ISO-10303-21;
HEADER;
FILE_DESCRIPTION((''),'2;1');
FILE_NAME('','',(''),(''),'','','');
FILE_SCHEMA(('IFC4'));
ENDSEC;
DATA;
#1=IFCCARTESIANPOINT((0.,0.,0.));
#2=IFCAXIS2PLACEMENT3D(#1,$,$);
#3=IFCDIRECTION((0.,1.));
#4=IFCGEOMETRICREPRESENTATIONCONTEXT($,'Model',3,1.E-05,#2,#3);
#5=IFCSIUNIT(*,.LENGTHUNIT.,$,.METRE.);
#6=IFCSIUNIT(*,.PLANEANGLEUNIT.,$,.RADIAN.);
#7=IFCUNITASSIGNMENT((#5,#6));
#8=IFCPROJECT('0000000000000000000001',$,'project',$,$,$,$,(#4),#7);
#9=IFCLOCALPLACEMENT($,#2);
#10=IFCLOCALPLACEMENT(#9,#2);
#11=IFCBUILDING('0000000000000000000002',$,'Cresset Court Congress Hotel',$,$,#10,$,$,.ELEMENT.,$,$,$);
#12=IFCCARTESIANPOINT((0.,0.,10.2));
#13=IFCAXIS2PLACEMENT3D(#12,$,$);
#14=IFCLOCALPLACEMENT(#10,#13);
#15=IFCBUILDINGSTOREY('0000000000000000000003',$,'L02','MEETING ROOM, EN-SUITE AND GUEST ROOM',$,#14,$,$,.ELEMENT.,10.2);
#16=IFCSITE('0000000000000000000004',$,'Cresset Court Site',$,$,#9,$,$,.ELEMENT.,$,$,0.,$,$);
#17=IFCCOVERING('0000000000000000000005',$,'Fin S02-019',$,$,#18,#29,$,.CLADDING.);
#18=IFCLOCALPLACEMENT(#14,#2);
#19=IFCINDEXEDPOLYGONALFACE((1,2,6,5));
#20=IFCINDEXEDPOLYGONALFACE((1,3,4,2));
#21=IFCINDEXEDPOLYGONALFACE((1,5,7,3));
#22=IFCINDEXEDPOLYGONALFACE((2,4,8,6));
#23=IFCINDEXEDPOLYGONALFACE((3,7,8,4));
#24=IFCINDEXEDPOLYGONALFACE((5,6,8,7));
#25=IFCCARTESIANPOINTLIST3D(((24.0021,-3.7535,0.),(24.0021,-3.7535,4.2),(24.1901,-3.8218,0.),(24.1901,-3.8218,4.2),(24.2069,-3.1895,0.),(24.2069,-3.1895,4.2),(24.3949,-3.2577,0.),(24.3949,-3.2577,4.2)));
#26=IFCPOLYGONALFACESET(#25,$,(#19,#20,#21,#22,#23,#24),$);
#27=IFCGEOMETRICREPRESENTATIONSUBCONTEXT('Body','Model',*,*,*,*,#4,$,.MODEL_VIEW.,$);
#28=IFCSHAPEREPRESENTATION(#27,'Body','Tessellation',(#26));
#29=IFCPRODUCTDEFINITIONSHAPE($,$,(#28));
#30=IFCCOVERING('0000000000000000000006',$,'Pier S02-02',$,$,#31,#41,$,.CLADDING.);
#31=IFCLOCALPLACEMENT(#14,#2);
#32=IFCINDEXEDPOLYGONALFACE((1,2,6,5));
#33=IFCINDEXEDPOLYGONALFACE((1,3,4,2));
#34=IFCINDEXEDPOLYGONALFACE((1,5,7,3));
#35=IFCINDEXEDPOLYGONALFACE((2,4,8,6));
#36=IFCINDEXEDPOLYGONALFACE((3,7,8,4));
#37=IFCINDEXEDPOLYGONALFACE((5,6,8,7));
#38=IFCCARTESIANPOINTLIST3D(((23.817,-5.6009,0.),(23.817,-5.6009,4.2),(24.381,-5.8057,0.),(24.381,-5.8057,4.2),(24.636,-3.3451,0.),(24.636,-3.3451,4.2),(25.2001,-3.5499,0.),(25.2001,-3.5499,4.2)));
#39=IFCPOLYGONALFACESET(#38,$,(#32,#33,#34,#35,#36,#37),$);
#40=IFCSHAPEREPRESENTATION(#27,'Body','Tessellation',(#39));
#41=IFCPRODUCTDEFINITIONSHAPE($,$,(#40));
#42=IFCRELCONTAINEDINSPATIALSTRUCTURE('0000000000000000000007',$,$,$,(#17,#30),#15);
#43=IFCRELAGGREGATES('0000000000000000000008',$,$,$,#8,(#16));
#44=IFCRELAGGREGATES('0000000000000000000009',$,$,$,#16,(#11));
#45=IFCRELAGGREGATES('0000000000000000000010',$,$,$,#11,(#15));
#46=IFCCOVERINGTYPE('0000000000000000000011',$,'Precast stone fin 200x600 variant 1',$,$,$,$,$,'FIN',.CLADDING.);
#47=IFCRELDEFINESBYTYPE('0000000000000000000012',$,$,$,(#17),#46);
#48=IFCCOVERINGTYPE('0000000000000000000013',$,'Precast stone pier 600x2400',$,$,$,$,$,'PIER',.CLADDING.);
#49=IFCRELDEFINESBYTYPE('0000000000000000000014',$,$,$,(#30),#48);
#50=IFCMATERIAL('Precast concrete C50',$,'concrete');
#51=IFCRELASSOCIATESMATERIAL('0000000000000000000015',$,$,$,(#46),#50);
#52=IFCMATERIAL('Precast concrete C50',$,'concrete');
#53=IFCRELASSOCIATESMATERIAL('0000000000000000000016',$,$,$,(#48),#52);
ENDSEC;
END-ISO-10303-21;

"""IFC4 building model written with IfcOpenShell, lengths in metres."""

from ifc_helpers import new_model, si_unit, direction, frame, origin, origin_2d, place, context, subcontext, project, spatial, rectangle, extrude, material, type_object, element, save


model = new_model("IFC4")

# Units and contexts
model_context = context("Model", 3, precision=1e-05, world=origin(), true_north=direction((0.0, 1.0)))
body_context = subcontext(model_context, "Body", "Model", "MODEL_VIEW")
ifc_project = project(units=[si_unit("LENGTHUNIT", "METRE"), si_unit("PLANEANGLEUNIT", "RADIAN")], contexts=[model_context])

# Site, building, storey
site_placement = place(None, origin())
site = spatial("IfcSite", under=ifc_project, at=site_placement, Name="Cresset Court Site", CompositionType="ELEMENT", RefElevation=0.0)
building_placement = place(site_placement, origin())
building = spatial("IfcBuilding", under=site, at=building_placement, Name="Cresset Court Congress Hotel", CompositionType="ELEMENT")
storey_placement = place(building_placement, frame((0.0, 0.0, 10.2)))
storey = spatial("IfcBuildingStorey", under=building, at=storey_placement, Name="L02", Description="MEETING ROOM, EN-SUITE AND GUEST ROOM", CompositionType="ELEMENT", Elevation=10.2)

# Coverings
ifc_material_1 = material(Name="Precast concrete C50", Category="concrete")
covering_type_1 = type_object("IfcCoveringType", Name="Precast stone fin 200x600 variant 1", ElementType="FIN", PredefinedType="CLADDING", material=ifc_material_1)
for number, where, z_axis, x_axis, name in (
    (1, (24.1985, -3.5056, 0.0), (0.0, 0.0, 1.0), (0.939957, -0.341293, 0.0), "Fin S02-019"),
):
    element("IfcCovering", number, at=place(storey_placement, frame(where, z_axis=z_axis, x_axis=x_axis)), inside=storey, type_object=covering_type_1, Name=name, PredefinedType="CLADDING", context=body_context, shape_type="SweptSolid", body=[
        extrude(rectangle(XDim=0.2, YDim=0.6001, at=origin_2d()), origin(), (0.0, 0.0, 1.0), 4.2),
    ])
ifc_material_2 = material(Name="Precast concrete C50", Category="concrete")
covering_type_2 = type_object("IfcCoveringType", Name="Precast stone pier 600x2400", ElementType="PIER", PredefinedType="CLADDING", material=ifc_material_2)
covering_placement = place(storey_placement, frame((24.5085, -4.5754, 0.0), z_axis=(0.0, 0.0, 1.0), x_axis=(0.939957, -0.341293, 0.0)))
element("IfcCovering", 2, at=covering_placement, inside=storey, type_object=covering_type_2, Name="Pier S02-02", PredefinedType="CLADDING", context=body_context, shape_type="SweptSolid", body=[
    extrude(rectangle(XDim=0.6001, YDim=2.3999, at=origin_2d()), origin(), (0.0, 0.0, 1.0), 4.2),
])

save(model, "model.ifc")
